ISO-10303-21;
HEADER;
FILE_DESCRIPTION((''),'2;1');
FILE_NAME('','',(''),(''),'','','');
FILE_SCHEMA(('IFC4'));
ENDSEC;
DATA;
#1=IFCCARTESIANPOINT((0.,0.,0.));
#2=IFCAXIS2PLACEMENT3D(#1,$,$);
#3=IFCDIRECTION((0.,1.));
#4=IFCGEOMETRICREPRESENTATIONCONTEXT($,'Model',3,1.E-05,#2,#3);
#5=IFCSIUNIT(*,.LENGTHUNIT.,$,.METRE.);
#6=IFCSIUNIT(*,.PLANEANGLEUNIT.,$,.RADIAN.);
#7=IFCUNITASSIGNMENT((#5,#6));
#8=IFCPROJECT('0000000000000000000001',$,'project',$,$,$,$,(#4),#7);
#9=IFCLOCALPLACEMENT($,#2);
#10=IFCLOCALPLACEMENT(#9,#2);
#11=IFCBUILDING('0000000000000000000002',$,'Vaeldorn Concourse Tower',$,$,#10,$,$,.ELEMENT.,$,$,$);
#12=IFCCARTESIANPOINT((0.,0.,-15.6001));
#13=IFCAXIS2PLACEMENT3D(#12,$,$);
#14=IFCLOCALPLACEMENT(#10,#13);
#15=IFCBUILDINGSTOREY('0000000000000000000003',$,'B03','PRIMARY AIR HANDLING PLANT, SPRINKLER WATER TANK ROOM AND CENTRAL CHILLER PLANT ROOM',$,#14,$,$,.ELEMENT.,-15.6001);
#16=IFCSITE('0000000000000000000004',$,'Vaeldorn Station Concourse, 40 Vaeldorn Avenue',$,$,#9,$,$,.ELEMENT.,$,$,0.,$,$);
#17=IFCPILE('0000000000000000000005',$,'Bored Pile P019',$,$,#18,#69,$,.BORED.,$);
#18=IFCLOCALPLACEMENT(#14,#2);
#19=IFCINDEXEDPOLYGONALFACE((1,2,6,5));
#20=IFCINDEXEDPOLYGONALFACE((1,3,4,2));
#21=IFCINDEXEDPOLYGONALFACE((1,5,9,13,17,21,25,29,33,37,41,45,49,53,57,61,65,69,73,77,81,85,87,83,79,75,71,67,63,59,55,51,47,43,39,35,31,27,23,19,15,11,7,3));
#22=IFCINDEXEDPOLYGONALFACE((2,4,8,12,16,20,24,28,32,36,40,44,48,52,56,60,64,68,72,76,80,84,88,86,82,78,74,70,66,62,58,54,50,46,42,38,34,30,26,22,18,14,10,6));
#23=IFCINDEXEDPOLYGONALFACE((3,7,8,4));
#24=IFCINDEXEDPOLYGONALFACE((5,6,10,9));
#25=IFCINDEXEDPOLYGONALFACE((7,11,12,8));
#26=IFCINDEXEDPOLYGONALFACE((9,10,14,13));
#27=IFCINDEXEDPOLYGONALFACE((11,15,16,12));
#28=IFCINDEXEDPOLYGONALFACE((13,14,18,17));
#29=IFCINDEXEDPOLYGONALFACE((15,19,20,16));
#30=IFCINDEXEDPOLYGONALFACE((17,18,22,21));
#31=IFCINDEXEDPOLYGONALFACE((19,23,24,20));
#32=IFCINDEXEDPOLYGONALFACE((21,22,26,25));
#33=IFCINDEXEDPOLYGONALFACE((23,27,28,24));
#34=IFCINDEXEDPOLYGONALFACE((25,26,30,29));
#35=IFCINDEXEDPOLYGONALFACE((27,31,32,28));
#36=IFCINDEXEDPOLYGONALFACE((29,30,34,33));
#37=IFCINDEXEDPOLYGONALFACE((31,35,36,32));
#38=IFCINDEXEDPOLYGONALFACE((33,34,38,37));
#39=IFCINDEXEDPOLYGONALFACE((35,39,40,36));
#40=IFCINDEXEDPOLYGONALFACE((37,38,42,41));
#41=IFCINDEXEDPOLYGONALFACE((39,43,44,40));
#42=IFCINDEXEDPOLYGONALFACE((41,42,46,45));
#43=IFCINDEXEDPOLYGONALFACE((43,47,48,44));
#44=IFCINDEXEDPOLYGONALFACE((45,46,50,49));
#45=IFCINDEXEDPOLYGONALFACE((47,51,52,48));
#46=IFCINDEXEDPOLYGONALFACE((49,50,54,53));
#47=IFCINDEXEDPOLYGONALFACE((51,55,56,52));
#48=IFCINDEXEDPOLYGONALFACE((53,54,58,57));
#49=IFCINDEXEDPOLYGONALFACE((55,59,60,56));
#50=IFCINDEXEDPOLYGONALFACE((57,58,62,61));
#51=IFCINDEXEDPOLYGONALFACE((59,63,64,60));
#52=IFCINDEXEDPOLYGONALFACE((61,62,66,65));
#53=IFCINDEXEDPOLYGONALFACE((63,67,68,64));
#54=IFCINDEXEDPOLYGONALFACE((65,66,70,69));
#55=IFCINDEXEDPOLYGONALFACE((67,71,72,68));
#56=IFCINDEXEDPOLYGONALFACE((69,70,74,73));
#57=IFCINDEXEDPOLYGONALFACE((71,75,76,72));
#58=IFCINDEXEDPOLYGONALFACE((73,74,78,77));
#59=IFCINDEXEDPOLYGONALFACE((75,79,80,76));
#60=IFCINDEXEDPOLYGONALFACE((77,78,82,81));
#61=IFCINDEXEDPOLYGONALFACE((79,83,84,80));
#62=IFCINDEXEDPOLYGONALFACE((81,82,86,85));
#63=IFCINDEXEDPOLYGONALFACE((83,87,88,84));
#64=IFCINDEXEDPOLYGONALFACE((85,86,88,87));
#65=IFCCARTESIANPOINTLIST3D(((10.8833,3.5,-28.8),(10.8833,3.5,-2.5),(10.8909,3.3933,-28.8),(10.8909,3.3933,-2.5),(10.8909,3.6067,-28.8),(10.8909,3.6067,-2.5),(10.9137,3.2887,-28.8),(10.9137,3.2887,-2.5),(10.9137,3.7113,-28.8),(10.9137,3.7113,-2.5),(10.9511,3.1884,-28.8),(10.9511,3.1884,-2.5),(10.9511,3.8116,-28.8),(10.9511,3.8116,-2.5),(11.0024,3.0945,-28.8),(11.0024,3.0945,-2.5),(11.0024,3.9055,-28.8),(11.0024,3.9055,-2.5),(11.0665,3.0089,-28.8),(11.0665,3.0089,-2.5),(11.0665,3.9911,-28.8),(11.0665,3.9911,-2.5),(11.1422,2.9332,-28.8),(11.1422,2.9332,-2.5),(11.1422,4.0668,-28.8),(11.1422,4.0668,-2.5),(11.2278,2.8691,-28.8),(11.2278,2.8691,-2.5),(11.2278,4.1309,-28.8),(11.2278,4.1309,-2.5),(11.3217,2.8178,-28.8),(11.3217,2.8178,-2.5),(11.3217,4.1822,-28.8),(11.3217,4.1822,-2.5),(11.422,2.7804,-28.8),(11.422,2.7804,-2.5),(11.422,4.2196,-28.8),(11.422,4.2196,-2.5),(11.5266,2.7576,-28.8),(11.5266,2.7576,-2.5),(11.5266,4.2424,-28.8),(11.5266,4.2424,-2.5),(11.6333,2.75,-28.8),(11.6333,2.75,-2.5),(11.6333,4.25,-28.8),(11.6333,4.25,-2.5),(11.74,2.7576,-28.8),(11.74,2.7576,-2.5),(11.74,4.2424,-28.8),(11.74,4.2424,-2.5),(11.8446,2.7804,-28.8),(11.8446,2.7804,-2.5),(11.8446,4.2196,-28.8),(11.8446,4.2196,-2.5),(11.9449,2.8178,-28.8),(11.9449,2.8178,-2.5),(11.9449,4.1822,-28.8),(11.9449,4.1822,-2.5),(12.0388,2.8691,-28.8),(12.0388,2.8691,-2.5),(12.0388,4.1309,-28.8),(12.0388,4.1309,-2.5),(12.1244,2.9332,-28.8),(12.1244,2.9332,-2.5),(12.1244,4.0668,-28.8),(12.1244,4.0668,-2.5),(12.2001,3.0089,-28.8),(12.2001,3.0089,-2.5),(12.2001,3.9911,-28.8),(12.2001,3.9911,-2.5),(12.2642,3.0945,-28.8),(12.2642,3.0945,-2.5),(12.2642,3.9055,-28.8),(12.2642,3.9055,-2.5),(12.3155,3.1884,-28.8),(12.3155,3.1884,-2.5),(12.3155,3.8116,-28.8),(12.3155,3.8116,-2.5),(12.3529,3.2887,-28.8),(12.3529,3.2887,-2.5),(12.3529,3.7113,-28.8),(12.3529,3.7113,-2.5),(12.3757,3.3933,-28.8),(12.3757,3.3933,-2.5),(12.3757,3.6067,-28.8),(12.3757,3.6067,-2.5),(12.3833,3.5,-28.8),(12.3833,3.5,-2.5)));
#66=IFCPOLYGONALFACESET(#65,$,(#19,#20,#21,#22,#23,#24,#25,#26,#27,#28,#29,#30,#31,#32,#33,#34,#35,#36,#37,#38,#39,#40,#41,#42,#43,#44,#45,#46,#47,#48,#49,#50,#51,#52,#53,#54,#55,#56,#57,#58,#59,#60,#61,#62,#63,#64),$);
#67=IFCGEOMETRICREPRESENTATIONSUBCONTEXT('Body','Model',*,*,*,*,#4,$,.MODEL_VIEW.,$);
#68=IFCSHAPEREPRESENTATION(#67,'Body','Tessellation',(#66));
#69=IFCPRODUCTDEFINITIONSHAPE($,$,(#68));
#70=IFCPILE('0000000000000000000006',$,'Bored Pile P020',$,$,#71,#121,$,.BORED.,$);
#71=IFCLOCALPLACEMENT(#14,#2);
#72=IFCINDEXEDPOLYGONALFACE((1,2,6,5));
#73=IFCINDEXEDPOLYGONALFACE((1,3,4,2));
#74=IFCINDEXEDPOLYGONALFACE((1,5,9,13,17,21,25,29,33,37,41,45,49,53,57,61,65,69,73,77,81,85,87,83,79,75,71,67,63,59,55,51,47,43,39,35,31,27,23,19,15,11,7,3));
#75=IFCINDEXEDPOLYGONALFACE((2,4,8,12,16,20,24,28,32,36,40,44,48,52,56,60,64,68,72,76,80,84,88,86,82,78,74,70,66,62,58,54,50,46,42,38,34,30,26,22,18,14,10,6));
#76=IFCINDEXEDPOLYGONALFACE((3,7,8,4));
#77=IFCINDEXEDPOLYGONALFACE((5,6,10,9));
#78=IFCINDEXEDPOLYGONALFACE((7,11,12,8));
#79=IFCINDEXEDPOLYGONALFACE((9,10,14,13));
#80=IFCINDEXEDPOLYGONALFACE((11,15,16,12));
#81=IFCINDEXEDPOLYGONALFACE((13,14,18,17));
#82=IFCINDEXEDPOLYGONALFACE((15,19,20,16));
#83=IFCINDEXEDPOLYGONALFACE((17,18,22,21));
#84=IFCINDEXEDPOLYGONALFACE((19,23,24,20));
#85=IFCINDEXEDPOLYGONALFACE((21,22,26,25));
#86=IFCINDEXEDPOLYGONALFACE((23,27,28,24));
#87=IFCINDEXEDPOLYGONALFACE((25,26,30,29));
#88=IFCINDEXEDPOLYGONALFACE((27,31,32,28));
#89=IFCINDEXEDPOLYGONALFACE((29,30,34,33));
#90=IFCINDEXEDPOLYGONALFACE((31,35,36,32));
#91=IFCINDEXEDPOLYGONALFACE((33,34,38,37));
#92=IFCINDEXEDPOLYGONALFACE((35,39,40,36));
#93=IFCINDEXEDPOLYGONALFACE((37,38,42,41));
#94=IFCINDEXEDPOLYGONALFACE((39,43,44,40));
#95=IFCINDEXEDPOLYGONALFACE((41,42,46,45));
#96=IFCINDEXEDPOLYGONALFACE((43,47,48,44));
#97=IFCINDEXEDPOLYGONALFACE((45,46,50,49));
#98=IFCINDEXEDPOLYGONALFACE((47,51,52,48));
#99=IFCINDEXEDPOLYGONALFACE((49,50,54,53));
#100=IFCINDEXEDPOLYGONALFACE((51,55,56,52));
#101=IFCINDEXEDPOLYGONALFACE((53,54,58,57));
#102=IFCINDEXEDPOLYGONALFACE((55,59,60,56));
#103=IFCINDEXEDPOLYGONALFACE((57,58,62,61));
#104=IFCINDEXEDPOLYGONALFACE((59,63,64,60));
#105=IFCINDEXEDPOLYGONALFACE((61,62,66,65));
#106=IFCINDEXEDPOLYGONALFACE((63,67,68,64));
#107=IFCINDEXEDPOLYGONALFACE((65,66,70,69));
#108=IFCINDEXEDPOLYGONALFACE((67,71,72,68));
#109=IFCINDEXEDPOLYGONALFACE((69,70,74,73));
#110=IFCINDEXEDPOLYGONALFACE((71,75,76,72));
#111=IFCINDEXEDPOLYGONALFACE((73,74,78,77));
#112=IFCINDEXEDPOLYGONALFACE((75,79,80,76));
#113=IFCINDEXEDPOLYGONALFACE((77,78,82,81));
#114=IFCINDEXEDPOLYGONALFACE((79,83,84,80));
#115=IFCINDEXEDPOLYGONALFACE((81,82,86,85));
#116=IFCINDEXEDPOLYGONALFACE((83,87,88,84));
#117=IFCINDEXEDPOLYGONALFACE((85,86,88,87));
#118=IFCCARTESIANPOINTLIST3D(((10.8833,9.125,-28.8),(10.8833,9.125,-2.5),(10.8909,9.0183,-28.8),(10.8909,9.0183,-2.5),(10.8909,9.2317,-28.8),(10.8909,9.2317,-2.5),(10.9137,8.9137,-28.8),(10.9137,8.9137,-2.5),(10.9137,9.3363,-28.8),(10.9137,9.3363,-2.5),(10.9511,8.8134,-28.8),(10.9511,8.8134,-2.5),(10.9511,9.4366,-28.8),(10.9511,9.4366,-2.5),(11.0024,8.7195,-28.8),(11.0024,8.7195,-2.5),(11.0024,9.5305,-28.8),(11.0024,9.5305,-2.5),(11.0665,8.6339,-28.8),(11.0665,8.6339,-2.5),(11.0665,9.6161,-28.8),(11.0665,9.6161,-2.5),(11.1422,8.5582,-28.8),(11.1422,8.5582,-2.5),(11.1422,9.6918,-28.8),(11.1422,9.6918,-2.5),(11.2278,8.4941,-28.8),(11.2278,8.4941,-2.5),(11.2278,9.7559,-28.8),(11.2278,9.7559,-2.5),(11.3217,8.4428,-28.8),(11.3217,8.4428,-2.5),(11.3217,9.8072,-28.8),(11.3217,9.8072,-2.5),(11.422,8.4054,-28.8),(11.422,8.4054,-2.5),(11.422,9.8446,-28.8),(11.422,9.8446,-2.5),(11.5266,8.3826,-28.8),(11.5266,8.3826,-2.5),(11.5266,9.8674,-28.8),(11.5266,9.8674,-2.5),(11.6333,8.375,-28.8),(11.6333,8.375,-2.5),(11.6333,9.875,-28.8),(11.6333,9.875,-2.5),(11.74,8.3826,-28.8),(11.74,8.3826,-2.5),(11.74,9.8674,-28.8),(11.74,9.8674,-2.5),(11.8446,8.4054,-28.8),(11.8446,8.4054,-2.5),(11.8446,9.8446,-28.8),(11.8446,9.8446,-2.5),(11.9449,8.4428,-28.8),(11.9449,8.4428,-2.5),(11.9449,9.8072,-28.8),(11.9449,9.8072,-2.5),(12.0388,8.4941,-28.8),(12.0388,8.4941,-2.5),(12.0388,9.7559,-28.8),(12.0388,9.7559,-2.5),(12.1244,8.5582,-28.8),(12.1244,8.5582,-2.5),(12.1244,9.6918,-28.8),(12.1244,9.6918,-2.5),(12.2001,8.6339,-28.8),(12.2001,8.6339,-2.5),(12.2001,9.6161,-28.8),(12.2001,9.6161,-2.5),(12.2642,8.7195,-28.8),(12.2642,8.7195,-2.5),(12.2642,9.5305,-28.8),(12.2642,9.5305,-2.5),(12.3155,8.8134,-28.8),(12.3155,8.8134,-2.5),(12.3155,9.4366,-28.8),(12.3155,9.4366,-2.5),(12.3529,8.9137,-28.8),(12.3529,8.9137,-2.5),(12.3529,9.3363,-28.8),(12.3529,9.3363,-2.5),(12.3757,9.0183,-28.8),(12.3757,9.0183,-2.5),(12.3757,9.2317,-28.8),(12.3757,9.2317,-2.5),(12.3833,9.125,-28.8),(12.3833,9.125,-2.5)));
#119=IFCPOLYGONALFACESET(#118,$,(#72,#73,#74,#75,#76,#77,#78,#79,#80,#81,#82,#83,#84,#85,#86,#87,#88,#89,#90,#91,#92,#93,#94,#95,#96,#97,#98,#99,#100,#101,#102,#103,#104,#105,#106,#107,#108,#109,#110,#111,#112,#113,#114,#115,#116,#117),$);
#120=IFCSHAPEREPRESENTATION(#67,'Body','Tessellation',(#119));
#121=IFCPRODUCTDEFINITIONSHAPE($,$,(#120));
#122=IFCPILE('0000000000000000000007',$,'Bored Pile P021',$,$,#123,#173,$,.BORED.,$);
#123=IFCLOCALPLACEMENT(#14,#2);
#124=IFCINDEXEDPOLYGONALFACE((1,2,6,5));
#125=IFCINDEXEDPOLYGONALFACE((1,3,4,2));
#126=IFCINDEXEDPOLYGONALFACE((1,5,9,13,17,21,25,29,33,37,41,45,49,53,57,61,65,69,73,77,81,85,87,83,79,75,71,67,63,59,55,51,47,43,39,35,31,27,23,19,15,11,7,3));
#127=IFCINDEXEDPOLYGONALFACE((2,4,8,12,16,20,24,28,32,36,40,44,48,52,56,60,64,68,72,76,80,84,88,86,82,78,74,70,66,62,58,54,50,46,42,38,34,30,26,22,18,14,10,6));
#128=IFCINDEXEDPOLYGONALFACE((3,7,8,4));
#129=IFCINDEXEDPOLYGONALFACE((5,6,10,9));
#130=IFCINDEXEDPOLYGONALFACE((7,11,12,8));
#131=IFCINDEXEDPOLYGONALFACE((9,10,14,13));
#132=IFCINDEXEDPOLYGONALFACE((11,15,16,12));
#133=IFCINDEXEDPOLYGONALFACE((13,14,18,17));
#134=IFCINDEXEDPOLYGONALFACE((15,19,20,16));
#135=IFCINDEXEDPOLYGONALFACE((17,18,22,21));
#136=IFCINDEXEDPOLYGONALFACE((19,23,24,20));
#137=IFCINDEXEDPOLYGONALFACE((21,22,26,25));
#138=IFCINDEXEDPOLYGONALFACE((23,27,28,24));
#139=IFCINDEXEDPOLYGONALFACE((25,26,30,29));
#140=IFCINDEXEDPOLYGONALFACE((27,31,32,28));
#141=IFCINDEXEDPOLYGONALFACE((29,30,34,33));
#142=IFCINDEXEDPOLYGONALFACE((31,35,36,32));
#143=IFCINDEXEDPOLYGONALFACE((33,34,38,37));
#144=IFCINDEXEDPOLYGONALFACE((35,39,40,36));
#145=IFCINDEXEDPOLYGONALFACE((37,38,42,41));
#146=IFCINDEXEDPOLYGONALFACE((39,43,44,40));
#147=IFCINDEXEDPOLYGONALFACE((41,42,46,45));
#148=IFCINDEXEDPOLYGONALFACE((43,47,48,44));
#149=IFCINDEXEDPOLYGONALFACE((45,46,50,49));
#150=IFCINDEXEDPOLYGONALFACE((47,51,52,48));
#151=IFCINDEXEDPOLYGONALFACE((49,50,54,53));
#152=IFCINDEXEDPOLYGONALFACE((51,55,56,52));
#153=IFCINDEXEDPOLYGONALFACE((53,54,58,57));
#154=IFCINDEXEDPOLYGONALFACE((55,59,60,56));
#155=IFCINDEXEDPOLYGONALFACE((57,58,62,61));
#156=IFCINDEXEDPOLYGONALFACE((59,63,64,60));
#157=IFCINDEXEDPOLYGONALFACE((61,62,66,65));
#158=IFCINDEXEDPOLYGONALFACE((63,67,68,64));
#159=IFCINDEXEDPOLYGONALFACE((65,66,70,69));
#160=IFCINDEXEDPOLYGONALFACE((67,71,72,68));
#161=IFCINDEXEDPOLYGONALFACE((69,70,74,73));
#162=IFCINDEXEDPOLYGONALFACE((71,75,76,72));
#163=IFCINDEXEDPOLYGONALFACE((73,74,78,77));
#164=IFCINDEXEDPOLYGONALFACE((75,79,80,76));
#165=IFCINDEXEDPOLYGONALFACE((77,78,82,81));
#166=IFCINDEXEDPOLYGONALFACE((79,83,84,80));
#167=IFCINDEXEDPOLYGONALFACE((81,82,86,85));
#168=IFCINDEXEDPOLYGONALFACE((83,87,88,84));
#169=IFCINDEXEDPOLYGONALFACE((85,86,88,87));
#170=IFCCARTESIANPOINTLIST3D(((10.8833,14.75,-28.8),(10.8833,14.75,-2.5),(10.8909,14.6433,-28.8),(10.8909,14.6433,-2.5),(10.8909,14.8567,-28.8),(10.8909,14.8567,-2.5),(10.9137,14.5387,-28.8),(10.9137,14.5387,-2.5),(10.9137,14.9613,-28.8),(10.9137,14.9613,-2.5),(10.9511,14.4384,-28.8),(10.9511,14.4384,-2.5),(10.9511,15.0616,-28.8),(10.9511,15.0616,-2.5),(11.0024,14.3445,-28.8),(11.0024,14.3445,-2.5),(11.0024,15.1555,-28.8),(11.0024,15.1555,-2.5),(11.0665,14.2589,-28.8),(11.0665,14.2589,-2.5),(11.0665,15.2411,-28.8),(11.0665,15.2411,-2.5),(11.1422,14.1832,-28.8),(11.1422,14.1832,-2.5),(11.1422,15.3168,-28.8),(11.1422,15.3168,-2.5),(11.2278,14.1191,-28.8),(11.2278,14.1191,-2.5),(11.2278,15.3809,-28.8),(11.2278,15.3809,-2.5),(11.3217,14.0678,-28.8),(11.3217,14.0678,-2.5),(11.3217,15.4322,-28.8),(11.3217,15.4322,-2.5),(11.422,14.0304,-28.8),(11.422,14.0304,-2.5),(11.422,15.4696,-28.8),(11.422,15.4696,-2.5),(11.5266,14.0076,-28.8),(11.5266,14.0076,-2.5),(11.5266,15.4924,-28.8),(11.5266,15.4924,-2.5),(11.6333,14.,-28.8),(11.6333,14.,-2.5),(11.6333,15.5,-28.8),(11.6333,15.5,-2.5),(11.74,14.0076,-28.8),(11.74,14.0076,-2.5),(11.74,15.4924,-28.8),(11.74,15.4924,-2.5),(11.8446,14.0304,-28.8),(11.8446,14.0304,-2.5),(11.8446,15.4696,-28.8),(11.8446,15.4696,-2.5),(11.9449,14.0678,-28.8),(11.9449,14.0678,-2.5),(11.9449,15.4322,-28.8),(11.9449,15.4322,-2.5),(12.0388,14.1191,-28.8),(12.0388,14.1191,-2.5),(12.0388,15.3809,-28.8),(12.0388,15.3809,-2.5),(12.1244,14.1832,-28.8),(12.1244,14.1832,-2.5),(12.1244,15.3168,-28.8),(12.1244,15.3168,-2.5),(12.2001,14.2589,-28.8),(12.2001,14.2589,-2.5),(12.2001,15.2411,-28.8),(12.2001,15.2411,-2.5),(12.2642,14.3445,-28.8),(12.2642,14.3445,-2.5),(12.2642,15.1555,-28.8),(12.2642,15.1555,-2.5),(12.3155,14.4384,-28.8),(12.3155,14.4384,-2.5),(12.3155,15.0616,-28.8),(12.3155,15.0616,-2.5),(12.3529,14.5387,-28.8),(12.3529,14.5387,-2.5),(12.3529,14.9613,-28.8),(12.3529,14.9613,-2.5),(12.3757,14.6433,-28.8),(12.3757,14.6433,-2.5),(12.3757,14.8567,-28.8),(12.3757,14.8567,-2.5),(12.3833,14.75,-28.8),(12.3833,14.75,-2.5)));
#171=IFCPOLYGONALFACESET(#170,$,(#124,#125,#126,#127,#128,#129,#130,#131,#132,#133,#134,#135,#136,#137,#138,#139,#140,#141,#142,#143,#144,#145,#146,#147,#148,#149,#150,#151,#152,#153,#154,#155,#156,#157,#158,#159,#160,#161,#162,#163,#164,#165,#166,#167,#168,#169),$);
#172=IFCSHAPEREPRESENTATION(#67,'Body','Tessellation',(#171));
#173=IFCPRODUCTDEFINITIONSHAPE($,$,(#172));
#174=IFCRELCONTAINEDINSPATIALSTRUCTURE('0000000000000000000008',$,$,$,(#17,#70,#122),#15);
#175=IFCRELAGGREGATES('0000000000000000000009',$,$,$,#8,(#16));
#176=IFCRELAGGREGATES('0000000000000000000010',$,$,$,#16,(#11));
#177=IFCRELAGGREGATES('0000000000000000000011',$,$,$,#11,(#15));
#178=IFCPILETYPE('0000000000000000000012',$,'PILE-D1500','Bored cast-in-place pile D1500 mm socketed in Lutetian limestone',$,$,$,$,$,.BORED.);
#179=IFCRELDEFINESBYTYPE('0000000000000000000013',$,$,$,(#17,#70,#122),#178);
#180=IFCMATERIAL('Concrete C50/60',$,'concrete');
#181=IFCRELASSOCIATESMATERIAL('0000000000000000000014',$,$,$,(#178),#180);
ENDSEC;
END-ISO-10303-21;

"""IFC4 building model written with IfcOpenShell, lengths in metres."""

from ifc_helpers import new_model, si_unit, direction, frame, origin, origin_2d, place, context, subcontext, project, spatial, circle, extrude, material, material_profile, profile_set, type_object, element, save


model = new_model("IFC4")

# Units and contexts
model_context = context("Model", 3, precision=1e-05, world=origin(), true_north=direction((0.0, 1.0)))
body_context = subcontext(model_context, "Body", "Model", "MODEL_VIEW")
ifc_project = project(units=[si_unit("LENGTHUNIT", "METRE"), si_unit("PLANEANGLEUNIT", "RADIAN")], contexts=[model_context])

# Site, building, storey
site_placement = place(None, origin())
site = spatial("IfcSite", under=ifc_project, at=site_placement, Name="Vaeldorn Station Concourse, 40 Vaeldorn Avenue", CompositionType="ELEMENT", RefElevation=0.0)
building_placement = place(site_placement, origin())
building = spatial("IfcBuilding", under=site, at=building_placement, Name="Vaeldorn Concourse Tower", CompositionType="ELEMENT")
storey_placement = place(building_placement, frame((0.0, 0.0, -15.6001)))
storey = spatial("IfcBuildingStorey", under=building, at=storey_placement, Name="B03", Description="PRIMARY AIR HANDLING PLANT, SPRINKLER WATER TANK ROOM AND CENTRAL CHILLER PLANT ROOM", CompositionType="ELEMENT", Elevation=-15.6001)

# Piles
ifc_material_1 = material(Name="Concrete C50/60", Category="concrete")
ifc_material_profile_1 = material_profile(ifc_material_1, circle(Radius=0.75, at=origin_2d()), Name="BORED PILE D1500")
ifc_profile_set_1 = profile_set([ifc_material_profile_1], Name="Concrete C50/60")
pile_type = type_object("IfcPileType", Name="PILE-D1500", Description="Bored cast-in-place pile D1500 mm socketed in Lutetian limestone", PredefinedType="BORED", material=ifc_profile_set_1)
for number, where, z_axis, x_axis, name in (
    (1, (11.6333, 3.5, -2.5), (0.0, 0.0, -1.0), (1.0, 0.0, 0.0), "Bored Pile P019"),
    (2, (11.6333, 9.125, -2.5), (0.0, 0.0, -1.0), (1.0, 0.0, 0.0), "Bored Pile P020"),
    (3, (11.6333, 14.75, -2.5), (0.0, 0.0, -1.0), (1.0, 0.0, 0.0), "Bored Pile P021"),
):
    element("IfcPile", number, at=place(storey_placement, frame(where, z_axis=z_axis, x_axis=x_axis)), inside=storey, type_object=pile_type, Name=name, PredefinedType="BORED", context=body_context, shape_type="SweptSolid", body=[
        extrude(circle(Radius=0.75, at=origin_2d()), origin(), (0.0, 0.0, 1.0), 26.3),
    ])

save(model, "model.ifc")
